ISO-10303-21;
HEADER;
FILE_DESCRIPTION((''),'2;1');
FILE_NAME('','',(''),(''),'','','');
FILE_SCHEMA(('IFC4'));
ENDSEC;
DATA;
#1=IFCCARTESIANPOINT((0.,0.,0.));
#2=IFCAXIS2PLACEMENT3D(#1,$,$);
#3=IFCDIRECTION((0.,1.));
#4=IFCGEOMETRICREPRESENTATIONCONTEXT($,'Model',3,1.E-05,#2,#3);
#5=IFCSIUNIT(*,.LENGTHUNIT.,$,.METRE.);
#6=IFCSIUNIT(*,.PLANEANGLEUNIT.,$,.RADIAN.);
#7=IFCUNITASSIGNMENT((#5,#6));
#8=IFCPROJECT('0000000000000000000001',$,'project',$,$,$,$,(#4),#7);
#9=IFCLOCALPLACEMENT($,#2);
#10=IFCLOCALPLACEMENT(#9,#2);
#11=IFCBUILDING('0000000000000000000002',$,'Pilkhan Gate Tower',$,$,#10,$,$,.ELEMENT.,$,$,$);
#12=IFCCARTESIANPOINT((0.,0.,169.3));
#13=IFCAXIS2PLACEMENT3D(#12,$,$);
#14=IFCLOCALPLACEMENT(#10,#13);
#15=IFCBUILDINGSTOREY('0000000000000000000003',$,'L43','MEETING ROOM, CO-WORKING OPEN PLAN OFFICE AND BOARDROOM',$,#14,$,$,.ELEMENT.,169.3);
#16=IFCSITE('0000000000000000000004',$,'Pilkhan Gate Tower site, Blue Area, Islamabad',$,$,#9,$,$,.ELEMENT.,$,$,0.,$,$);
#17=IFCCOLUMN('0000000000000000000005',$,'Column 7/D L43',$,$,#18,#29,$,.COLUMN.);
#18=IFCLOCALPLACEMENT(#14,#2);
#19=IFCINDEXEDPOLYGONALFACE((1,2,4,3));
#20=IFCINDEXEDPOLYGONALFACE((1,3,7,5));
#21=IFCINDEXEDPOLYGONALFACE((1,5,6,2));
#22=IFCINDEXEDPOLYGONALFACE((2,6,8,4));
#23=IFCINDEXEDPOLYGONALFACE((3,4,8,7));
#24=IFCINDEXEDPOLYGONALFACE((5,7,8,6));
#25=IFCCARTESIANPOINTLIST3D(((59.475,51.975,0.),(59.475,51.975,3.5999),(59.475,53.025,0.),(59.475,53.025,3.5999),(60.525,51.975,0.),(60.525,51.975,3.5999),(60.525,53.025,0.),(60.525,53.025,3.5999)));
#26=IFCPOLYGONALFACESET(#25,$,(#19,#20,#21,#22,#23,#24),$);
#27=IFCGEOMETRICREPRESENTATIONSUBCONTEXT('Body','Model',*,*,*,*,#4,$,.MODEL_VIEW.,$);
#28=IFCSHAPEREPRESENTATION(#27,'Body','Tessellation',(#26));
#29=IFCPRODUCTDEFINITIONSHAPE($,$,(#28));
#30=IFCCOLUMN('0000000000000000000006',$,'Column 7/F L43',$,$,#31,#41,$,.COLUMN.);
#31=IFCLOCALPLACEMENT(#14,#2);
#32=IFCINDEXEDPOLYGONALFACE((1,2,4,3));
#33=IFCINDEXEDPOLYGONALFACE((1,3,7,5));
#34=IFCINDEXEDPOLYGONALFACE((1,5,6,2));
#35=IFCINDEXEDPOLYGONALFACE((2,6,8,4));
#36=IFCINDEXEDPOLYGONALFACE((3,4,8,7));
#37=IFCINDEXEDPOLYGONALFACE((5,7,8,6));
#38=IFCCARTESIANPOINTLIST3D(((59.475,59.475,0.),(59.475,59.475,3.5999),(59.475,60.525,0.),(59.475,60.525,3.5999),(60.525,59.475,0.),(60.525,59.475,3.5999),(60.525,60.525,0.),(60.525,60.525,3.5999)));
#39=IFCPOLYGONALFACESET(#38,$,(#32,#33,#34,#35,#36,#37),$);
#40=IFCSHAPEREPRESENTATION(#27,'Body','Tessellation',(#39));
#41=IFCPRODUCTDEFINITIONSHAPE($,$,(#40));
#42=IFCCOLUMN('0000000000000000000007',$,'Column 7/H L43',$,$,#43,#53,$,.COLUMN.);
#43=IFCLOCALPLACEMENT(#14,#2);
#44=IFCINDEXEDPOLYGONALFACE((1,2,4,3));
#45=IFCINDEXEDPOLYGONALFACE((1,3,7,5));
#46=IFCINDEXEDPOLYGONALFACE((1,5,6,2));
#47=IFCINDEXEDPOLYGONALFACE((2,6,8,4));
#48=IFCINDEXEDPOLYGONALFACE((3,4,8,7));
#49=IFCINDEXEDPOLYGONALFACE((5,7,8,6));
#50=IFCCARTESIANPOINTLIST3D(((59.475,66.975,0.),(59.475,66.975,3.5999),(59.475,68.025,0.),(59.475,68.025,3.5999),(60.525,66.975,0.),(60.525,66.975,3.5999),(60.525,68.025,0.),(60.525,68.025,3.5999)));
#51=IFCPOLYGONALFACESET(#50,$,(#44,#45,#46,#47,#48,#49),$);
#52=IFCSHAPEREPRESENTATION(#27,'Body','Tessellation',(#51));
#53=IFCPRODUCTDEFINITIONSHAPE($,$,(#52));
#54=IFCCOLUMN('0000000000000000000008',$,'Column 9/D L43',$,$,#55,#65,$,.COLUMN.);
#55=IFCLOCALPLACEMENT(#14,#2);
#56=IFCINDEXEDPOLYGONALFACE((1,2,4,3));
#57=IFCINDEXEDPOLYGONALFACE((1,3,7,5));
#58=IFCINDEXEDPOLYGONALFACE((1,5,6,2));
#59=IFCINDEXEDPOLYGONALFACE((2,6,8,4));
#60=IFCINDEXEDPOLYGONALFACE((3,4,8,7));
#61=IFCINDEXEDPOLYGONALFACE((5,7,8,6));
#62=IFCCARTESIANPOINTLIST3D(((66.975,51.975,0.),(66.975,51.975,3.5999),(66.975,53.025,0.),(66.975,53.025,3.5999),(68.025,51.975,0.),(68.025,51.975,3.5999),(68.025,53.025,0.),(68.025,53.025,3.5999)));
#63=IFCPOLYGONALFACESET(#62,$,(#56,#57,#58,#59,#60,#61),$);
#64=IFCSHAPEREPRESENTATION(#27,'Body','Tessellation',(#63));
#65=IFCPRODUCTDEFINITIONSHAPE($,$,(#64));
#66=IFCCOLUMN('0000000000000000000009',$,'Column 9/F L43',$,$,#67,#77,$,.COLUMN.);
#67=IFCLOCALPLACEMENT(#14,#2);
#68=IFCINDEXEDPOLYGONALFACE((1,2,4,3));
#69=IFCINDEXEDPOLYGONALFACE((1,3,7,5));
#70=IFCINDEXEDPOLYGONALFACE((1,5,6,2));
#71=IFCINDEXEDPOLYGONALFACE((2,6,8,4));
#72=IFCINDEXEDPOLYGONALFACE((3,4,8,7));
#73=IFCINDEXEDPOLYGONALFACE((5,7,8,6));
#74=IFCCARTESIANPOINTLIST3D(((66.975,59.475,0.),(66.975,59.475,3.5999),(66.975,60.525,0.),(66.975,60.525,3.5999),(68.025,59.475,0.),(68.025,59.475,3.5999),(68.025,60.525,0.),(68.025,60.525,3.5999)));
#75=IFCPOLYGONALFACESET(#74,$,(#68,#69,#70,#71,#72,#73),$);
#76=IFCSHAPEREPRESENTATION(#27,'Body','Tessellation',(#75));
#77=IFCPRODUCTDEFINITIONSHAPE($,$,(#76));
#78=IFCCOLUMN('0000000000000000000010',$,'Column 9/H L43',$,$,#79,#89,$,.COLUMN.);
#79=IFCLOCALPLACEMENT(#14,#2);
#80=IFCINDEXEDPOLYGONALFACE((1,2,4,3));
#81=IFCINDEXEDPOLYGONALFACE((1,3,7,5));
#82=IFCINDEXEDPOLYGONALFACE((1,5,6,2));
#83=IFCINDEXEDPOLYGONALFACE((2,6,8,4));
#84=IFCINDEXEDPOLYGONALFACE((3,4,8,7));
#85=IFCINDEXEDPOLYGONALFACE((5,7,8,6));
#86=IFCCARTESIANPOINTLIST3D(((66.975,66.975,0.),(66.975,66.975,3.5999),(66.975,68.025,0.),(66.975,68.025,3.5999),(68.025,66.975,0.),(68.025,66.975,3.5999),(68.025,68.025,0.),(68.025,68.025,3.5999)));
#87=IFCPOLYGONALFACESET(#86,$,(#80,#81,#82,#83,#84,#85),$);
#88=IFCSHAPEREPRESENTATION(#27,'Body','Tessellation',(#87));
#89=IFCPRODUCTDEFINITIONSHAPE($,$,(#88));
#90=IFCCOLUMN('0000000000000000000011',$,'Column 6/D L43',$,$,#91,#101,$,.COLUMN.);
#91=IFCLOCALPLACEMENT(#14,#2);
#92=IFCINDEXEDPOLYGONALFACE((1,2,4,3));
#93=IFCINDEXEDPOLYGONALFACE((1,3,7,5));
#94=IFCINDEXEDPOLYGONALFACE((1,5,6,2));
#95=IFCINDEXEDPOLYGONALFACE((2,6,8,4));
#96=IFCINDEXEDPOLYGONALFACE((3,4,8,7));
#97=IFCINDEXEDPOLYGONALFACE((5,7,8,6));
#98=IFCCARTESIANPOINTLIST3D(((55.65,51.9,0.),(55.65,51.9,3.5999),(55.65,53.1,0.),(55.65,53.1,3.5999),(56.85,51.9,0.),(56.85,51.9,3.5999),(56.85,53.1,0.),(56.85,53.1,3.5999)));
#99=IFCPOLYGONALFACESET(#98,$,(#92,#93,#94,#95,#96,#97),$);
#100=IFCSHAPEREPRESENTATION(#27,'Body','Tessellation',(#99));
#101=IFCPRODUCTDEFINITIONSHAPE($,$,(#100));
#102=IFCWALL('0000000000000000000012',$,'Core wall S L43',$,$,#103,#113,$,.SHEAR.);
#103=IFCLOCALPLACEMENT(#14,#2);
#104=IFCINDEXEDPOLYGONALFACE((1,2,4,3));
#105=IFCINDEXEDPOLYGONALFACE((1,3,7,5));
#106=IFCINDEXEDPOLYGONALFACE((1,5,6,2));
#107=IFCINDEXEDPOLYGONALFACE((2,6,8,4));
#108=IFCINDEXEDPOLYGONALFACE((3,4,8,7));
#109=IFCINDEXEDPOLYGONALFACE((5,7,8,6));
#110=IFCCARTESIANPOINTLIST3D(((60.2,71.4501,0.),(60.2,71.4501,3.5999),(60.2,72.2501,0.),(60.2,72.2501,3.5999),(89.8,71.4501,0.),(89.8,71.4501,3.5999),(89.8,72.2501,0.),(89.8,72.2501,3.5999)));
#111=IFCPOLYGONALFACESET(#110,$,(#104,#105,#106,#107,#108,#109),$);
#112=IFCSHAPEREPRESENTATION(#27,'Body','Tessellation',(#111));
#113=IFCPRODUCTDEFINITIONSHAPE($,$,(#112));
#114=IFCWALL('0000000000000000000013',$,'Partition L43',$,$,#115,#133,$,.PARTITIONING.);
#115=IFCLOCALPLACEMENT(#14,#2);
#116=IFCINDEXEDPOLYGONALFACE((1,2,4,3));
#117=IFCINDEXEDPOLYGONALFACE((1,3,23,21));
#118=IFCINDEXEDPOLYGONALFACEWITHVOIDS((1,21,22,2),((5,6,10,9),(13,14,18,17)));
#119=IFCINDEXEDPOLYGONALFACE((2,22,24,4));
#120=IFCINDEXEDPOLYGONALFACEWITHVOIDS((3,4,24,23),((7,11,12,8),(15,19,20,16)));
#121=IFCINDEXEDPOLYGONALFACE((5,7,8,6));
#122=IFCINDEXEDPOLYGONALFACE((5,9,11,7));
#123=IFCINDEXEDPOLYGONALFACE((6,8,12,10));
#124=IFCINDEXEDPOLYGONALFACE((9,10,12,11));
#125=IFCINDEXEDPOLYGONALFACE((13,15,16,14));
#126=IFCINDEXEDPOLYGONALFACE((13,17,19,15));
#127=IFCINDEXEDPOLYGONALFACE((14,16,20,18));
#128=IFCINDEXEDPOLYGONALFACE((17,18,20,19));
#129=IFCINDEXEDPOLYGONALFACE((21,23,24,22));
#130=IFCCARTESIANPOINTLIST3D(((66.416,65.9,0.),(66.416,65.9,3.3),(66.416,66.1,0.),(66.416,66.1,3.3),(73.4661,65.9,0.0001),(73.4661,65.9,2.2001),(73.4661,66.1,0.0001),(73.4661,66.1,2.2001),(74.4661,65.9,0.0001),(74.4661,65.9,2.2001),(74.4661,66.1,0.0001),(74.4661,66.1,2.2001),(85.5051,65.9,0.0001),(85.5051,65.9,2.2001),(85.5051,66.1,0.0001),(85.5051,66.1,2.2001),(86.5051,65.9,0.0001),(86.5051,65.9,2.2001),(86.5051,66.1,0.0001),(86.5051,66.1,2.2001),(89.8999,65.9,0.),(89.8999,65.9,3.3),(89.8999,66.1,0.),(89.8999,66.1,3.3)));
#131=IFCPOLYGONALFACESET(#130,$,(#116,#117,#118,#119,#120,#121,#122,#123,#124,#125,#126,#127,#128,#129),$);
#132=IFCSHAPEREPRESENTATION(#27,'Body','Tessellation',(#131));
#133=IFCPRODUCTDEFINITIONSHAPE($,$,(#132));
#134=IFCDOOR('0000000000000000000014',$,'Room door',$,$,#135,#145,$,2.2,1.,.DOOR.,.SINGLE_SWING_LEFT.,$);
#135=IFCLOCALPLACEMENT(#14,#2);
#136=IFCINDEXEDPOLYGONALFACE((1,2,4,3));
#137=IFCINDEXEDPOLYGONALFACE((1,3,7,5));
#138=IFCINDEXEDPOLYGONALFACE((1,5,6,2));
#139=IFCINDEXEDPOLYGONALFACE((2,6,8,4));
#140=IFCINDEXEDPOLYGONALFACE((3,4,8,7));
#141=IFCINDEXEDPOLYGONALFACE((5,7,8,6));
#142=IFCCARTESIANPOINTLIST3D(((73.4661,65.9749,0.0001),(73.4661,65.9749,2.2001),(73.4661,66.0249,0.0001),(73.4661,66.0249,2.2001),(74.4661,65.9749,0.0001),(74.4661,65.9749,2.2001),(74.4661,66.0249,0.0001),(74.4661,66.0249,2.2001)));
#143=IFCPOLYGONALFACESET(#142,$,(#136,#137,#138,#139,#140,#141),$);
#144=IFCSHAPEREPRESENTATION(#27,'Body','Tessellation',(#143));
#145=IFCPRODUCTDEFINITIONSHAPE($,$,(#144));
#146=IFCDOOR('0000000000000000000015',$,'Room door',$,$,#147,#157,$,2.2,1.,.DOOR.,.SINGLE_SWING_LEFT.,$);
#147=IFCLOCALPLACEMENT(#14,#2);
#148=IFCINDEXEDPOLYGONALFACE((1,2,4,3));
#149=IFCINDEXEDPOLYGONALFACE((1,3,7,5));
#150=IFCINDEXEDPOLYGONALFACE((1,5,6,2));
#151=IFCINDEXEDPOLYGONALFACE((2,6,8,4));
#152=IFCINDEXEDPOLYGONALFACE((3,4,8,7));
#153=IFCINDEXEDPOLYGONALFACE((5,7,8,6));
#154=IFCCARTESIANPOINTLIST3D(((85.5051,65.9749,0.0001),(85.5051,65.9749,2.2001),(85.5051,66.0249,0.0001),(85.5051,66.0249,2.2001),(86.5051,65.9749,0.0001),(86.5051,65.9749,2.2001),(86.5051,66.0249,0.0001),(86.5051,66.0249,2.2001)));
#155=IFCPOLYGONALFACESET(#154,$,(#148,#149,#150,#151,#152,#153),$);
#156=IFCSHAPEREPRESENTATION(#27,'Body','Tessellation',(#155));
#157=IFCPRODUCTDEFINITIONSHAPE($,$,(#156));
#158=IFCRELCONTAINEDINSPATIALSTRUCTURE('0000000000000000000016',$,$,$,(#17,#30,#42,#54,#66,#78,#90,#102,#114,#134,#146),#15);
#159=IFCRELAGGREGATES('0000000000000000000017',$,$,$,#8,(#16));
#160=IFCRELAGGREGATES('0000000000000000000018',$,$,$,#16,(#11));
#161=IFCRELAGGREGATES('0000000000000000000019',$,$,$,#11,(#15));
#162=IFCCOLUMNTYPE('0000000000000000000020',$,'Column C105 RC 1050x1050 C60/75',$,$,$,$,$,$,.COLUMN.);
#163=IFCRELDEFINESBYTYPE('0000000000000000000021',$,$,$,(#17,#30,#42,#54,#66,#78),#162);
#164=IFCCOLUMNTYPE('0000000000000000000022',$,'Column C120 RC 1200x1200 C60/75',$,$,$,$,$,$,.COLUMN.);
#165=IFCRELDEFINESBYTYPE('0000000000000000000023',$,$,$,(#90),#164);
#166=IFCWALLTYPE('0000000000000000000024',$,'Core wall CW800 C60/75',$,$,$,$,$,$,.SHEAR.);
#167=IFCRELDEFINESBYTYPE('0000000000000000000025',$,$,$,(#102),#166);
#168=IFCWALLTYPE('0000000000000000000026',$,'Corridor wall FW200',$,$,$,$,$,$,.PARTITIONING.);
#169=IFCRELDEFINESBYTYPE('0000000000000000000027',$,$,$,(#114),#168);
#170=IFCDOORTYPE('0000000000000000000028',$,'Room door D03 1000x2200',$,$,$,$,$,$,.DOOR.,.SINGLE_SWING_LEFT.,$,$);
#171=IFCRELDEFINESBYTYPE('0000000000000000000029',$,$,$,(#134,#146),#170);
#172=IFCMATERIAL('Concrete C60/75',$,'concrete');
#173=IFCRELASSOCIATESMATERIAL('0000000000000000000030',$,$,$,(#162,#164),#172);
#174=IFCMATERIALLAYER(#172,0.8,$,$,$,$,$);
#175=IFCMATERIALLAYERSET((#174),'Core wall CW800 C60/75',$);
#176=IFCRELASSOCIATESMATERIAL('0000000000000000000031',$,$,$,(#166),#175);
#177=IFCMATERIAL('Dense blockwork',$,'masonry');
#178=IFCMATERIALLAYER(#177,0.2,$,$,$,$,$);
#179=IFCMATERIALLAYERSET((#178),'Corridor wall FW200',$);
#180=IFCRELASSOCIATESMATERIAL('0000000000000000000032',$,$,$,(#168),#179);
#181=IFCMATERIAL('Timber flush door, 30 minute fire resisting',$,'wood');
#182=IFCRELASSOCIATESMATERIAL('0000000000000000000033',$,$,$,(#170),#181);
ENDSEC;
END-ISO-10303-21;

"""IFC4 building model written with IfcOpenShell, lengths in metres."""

from ifc_helpers import new_model, si_unit, direction, frame, frame_2d, origin, origin_2d, place, context, subcontext, project, spatial, rectangle, extrude, material, layer, layer_set, material_profile, profile_set, type_object, element, fill, save


model = new_model("IFC4")

# Units and contexts
model_context = context("Model", 3, precision=1e-05, world=origin(), true_north=direction((0.0, 1.0)))
body_context = subcontext(model_context, "Body", "Model", "MODEL_VIEW")
ifc_project = project(units=[si_unit("LENGTHUNIT", "METRE"), si_unit("PLANEANGLEUNIT", "RADIAN")], contexts=[model_context])

# Site, building, storey
site_placement = place(None, origin())
site = spatial("IfcSite", under=ifc_project, at=site_placement, Name="Pilkhan Gate Tower site, Blue Area, Islamabad", CompositionType="ELEMENT", RefElevation=0.0)
building_placement = place(site_placement, origin())
building = spatial("IfcBuilding", under=site, at=building_placement, Name="Pilkhan Gate Tower", CompositionType="ELEMENT")
storey_placement = place(building_placement, frame((0.0, 0.0, 169.3)))
storey = spatial("IfcBuildingStorey", under=building, at=storey_placement, Name="L43", Description="MEETING ROOM, CO-WORKING OPEN PLAN OFFICE AND BOARDROOM", CompositionType="ELEMENT", Elevation=169.3)

# Columns
ifc_material_1 = material(Name="Concrete C60/75", Category="concrete")
ifc_material_profile_1 = material_profile(ifc_material_1, rectangle(XDim=1.05, YDim=1.05, at=origin_2d()), Name="RC 1050x1050")
ifc_profile_set_1 = profile_set([ifc_material_profile_1], Name="Concrete C60/75")
column_type_1 = type_object("IfcColumnType", Name="Column C105 RC 1050x1050 C60/75", PredefinedType="COLUMN", material=ifc_profile_set_1)
for number, where, z_axis, x_axis, name in (
    (1, (60.0, 52.5, 0.0), (0.0, 0.0, 1.0), (1.0, 0.0, 0.0), "Column 7/D L43"),
    (2, (60.0, 60.0, 0.0), (0.0, 0.0, 1.0), (1.0, 0.0, 0.0), "Column 7/F L43"),
    (3, (60.0, 67.5, 0.0), (0.0, 0.0, 1.0), (1.0, 0.0, 0.0), "Column 7/H L43"),
    (4, (67.5, 52.5, 0.0), (0.0, 0.0, 1.0), (1.0, 0.0, 0.0), "Column 9/D L43"),
    (5, (67.5, 60.0, 0.0), (0.0, 0.0, 1.0), (1.0, 0.0, 0.0), "Column 9/F L43"),
    (6, (67.5, 67.5, 0.0), (0.0, 0.0, 1.0), (1.0, 0.0, 0.0), "Column 9/H L43"),
):
    element("IfcColumn", number, at=place(storey_placement, frame(where, z_axis=z_axis, x_axis=x_axis)), inside=storey, type_object=column_type_1, Name=name, PredefinedType="COLUMN", context=body_context, shape_type="SweptSolid", body=[
        extrude(rectangle(XDim=1.05, YDim=1.05, at=origin_2d()), origin(), (0.0, 0.0, 1.0), 3.5999),
    ])
ifc_material_profile_2 = material_profile(ifc_material_1, rectangle(XDim=1.2, YDim=1.2, at=origin_2d()), Name="RC 1200x1200")
ifc_profile_set_2 = profile_set([ifc_material_profile_2], Name="Concrete C60/75")
column_type_2 = type_object("IfcColumnType", Name="Column C120 RC 1200x1200 C60/75", PredefinedType="COLUMN", material=ifc_profile_set_2)
column_placement = place(storey_placement, frame((56.25, 52.5, 0.0), z_axis=(0.0, 0.0, 1.0), x_axis=(1.0, 0.0, 0.0)))
element("IfcColumn", 7, at=column_placement, inside=storey, type_object=column_type_2, Name="Column 6/D L43", PredefinedType="COLUMN", context=body_context, shape_type="SweptSolid", body=[
    extrude(rectangle(XDim=1.2, YDim=1.2, at=origin_2d()), origin(), (0.0, 0.0, 1.0), 3.5999),
])

# Wall
ifc_layer_1 = layer(ifc_material_1, 0.8)
ifc_layer_set_1 = layer_set([ifc_layer_1], Name="Core wall CW800 C60/75")
wall_type_1 = type_object("IfcWallType", Name="Core wall CW800 C60/75", PredefinedType="SHEAR", material=ifc_layer_set_1)
wall_1_placement = place(storey_placement, frame((60.2, 71.8501, 0.0), z_axis=(0.0, 0.0, 1.0), x_axis=(1.0, 0.0, 0.0)))
element("IfcWall", 8, at=wall_1_placement, inside=storey, type_object=wall_type_1, Name="Core wall S L43", PredefinedType="SHEAR", context=body_context, shape_type="SweptSolid", body=[
    extrude(rectangle(XDim=29.6001, YDim=0.8, at=frame_2d((14.8, 0.0))), origin(), (0.0, 0.0, 1.0), 3.5999),
])

# Wall, openings, doors
ifc_material_2 = material(Name="Dense blockwork", Category="masonry")
ifc_layer_2 = layer(ifc_material_2, 0.2)
ifc_layer_set_2 = layer_set([ifc_layer_2], Name="Corridor wall FW200")
wall_type_2 = type_object("IfcWallType", Name="Corridor wall FW200", PredefinedType="PARTITIONING", material=ifc_layer_set_2)
wall_2_placement = place(storey_placement, frame((66.416, 66.0, 0.0), z_axis=(0.0, 0.0, 1.0), x_axis=(1.0, 0.0, 0.0)))
wall_2 = element("IfcWall", 9, at=wall_2_placement, inside=storey, type_object=wall_type_2, Name="Partition L43", PredefinedType="PARTITIONING", context=body_context, shape_type="SweptSolid", body=[
    extrude(rectangle(XDim=23.4839, YDim=0.2, at=frame_2d((11.7419, 0.0))), origin(), (0.0, 0.0, 1.0), 3.3),
])
opening_1_placement = place(wall_2_placement, frame((7.05, 0.0, 0.0)))
opening_1 = element("IfcOpeningElement", 10, at=opening_1_placement, cuts=wall_2, PredefinedType="OPENING", context=body_context, shape_type="SweptSolid", body=[
    extrude(rectangle(XDim=1.0, YDim=2.2, at=frame_2d((0.5, 1.1001))), frame((0.0, 0.1099, 0.0), z_axis=(0.0, -1.0, 0.0), x_axis=(1.0, 0.0, 0.0)), (0.0, 0.0, 1.0), 0.22),
])
opening_2_placement = place(wall_2_placement, frame((19.0891, 0.0, 0.0)))
opening_2 = element("IfcOpeningElement", 11, at=opening_2_placement, cuts=wall_2, PredefinedType="OPENING", context=body_context, shape_type="SweptSolid", body=[
    extrude(rectangle(XDim=1.0, YDim=2.2, at=frame_2d((0.5, 1.1001))), frame((0.0, 0.1099, 0.0), z_axis=(0.0, -1.0, 0.0), x_axis=(1.0, 0.0, 0.0)), (0.0, 0.0, 1.0), 0.22),
])
ifc_material_3 = material(Name="Timber flush door, 30 minute fire resisting", Category="wood")
door_type_1 = type_object("IfcDoorType", Name="Room door D03 1000x2200", OperationType="SINGLE_SWING_LEFT", PredefinedType="DOOR", material=ifc_material_3)
door_1_placement = place(opening_1_placement, origin())
door_1 = element("IfcDoor", 12, at=door_1_placement, inside=storey, type_object=door_type_1, Name="Room door", OperationType="SINGLE_SWING_LEFT", OverallHeight=2.2, OverallWidth=1.0, PredefinedType="DOOR", context=body_context, shape_type="SweptSolid", body=[
    extrude(rectangle(XDim=1.0, YDim=2.2, at=frame_2d((0.5, 1.1001))), frame((0.0, 0.0249, 0.0), z_axis=(0.0, -1.0, 0.0), x_axis=(1.0, 0.0, 0.0)), (0.0, 0.0, 1.0), 0.05),
])
fill(opening_1, door_1)
door_2_placement = place(opening_2_placement, origin())
door_2 = element("IfcDoor", 13, at=door_2_placement, inside=storey, type_object=door_type_1, Name="Room door", OperationType="SINGLE_SWING_LEFT", OverallHeight=2.2, OverallWidth=1.0, PredefinedType="DOOR", context=body_context, shape_type="SweptSolid", body=[
    extrude(rectangle(XDim=1.0, YDim=2.2, at=frame_2d((0.5, 1.1001))), frame((0.0, 0.0249, 0.0), z_axis=(0.0, -1.0, 0.0), x_axis=(1.0, 0.0, 0.0)), (0.0, 0.0, 1.0), 0.05),
])
fill(opening_2, door_2)

save(model, "model.ifc")
